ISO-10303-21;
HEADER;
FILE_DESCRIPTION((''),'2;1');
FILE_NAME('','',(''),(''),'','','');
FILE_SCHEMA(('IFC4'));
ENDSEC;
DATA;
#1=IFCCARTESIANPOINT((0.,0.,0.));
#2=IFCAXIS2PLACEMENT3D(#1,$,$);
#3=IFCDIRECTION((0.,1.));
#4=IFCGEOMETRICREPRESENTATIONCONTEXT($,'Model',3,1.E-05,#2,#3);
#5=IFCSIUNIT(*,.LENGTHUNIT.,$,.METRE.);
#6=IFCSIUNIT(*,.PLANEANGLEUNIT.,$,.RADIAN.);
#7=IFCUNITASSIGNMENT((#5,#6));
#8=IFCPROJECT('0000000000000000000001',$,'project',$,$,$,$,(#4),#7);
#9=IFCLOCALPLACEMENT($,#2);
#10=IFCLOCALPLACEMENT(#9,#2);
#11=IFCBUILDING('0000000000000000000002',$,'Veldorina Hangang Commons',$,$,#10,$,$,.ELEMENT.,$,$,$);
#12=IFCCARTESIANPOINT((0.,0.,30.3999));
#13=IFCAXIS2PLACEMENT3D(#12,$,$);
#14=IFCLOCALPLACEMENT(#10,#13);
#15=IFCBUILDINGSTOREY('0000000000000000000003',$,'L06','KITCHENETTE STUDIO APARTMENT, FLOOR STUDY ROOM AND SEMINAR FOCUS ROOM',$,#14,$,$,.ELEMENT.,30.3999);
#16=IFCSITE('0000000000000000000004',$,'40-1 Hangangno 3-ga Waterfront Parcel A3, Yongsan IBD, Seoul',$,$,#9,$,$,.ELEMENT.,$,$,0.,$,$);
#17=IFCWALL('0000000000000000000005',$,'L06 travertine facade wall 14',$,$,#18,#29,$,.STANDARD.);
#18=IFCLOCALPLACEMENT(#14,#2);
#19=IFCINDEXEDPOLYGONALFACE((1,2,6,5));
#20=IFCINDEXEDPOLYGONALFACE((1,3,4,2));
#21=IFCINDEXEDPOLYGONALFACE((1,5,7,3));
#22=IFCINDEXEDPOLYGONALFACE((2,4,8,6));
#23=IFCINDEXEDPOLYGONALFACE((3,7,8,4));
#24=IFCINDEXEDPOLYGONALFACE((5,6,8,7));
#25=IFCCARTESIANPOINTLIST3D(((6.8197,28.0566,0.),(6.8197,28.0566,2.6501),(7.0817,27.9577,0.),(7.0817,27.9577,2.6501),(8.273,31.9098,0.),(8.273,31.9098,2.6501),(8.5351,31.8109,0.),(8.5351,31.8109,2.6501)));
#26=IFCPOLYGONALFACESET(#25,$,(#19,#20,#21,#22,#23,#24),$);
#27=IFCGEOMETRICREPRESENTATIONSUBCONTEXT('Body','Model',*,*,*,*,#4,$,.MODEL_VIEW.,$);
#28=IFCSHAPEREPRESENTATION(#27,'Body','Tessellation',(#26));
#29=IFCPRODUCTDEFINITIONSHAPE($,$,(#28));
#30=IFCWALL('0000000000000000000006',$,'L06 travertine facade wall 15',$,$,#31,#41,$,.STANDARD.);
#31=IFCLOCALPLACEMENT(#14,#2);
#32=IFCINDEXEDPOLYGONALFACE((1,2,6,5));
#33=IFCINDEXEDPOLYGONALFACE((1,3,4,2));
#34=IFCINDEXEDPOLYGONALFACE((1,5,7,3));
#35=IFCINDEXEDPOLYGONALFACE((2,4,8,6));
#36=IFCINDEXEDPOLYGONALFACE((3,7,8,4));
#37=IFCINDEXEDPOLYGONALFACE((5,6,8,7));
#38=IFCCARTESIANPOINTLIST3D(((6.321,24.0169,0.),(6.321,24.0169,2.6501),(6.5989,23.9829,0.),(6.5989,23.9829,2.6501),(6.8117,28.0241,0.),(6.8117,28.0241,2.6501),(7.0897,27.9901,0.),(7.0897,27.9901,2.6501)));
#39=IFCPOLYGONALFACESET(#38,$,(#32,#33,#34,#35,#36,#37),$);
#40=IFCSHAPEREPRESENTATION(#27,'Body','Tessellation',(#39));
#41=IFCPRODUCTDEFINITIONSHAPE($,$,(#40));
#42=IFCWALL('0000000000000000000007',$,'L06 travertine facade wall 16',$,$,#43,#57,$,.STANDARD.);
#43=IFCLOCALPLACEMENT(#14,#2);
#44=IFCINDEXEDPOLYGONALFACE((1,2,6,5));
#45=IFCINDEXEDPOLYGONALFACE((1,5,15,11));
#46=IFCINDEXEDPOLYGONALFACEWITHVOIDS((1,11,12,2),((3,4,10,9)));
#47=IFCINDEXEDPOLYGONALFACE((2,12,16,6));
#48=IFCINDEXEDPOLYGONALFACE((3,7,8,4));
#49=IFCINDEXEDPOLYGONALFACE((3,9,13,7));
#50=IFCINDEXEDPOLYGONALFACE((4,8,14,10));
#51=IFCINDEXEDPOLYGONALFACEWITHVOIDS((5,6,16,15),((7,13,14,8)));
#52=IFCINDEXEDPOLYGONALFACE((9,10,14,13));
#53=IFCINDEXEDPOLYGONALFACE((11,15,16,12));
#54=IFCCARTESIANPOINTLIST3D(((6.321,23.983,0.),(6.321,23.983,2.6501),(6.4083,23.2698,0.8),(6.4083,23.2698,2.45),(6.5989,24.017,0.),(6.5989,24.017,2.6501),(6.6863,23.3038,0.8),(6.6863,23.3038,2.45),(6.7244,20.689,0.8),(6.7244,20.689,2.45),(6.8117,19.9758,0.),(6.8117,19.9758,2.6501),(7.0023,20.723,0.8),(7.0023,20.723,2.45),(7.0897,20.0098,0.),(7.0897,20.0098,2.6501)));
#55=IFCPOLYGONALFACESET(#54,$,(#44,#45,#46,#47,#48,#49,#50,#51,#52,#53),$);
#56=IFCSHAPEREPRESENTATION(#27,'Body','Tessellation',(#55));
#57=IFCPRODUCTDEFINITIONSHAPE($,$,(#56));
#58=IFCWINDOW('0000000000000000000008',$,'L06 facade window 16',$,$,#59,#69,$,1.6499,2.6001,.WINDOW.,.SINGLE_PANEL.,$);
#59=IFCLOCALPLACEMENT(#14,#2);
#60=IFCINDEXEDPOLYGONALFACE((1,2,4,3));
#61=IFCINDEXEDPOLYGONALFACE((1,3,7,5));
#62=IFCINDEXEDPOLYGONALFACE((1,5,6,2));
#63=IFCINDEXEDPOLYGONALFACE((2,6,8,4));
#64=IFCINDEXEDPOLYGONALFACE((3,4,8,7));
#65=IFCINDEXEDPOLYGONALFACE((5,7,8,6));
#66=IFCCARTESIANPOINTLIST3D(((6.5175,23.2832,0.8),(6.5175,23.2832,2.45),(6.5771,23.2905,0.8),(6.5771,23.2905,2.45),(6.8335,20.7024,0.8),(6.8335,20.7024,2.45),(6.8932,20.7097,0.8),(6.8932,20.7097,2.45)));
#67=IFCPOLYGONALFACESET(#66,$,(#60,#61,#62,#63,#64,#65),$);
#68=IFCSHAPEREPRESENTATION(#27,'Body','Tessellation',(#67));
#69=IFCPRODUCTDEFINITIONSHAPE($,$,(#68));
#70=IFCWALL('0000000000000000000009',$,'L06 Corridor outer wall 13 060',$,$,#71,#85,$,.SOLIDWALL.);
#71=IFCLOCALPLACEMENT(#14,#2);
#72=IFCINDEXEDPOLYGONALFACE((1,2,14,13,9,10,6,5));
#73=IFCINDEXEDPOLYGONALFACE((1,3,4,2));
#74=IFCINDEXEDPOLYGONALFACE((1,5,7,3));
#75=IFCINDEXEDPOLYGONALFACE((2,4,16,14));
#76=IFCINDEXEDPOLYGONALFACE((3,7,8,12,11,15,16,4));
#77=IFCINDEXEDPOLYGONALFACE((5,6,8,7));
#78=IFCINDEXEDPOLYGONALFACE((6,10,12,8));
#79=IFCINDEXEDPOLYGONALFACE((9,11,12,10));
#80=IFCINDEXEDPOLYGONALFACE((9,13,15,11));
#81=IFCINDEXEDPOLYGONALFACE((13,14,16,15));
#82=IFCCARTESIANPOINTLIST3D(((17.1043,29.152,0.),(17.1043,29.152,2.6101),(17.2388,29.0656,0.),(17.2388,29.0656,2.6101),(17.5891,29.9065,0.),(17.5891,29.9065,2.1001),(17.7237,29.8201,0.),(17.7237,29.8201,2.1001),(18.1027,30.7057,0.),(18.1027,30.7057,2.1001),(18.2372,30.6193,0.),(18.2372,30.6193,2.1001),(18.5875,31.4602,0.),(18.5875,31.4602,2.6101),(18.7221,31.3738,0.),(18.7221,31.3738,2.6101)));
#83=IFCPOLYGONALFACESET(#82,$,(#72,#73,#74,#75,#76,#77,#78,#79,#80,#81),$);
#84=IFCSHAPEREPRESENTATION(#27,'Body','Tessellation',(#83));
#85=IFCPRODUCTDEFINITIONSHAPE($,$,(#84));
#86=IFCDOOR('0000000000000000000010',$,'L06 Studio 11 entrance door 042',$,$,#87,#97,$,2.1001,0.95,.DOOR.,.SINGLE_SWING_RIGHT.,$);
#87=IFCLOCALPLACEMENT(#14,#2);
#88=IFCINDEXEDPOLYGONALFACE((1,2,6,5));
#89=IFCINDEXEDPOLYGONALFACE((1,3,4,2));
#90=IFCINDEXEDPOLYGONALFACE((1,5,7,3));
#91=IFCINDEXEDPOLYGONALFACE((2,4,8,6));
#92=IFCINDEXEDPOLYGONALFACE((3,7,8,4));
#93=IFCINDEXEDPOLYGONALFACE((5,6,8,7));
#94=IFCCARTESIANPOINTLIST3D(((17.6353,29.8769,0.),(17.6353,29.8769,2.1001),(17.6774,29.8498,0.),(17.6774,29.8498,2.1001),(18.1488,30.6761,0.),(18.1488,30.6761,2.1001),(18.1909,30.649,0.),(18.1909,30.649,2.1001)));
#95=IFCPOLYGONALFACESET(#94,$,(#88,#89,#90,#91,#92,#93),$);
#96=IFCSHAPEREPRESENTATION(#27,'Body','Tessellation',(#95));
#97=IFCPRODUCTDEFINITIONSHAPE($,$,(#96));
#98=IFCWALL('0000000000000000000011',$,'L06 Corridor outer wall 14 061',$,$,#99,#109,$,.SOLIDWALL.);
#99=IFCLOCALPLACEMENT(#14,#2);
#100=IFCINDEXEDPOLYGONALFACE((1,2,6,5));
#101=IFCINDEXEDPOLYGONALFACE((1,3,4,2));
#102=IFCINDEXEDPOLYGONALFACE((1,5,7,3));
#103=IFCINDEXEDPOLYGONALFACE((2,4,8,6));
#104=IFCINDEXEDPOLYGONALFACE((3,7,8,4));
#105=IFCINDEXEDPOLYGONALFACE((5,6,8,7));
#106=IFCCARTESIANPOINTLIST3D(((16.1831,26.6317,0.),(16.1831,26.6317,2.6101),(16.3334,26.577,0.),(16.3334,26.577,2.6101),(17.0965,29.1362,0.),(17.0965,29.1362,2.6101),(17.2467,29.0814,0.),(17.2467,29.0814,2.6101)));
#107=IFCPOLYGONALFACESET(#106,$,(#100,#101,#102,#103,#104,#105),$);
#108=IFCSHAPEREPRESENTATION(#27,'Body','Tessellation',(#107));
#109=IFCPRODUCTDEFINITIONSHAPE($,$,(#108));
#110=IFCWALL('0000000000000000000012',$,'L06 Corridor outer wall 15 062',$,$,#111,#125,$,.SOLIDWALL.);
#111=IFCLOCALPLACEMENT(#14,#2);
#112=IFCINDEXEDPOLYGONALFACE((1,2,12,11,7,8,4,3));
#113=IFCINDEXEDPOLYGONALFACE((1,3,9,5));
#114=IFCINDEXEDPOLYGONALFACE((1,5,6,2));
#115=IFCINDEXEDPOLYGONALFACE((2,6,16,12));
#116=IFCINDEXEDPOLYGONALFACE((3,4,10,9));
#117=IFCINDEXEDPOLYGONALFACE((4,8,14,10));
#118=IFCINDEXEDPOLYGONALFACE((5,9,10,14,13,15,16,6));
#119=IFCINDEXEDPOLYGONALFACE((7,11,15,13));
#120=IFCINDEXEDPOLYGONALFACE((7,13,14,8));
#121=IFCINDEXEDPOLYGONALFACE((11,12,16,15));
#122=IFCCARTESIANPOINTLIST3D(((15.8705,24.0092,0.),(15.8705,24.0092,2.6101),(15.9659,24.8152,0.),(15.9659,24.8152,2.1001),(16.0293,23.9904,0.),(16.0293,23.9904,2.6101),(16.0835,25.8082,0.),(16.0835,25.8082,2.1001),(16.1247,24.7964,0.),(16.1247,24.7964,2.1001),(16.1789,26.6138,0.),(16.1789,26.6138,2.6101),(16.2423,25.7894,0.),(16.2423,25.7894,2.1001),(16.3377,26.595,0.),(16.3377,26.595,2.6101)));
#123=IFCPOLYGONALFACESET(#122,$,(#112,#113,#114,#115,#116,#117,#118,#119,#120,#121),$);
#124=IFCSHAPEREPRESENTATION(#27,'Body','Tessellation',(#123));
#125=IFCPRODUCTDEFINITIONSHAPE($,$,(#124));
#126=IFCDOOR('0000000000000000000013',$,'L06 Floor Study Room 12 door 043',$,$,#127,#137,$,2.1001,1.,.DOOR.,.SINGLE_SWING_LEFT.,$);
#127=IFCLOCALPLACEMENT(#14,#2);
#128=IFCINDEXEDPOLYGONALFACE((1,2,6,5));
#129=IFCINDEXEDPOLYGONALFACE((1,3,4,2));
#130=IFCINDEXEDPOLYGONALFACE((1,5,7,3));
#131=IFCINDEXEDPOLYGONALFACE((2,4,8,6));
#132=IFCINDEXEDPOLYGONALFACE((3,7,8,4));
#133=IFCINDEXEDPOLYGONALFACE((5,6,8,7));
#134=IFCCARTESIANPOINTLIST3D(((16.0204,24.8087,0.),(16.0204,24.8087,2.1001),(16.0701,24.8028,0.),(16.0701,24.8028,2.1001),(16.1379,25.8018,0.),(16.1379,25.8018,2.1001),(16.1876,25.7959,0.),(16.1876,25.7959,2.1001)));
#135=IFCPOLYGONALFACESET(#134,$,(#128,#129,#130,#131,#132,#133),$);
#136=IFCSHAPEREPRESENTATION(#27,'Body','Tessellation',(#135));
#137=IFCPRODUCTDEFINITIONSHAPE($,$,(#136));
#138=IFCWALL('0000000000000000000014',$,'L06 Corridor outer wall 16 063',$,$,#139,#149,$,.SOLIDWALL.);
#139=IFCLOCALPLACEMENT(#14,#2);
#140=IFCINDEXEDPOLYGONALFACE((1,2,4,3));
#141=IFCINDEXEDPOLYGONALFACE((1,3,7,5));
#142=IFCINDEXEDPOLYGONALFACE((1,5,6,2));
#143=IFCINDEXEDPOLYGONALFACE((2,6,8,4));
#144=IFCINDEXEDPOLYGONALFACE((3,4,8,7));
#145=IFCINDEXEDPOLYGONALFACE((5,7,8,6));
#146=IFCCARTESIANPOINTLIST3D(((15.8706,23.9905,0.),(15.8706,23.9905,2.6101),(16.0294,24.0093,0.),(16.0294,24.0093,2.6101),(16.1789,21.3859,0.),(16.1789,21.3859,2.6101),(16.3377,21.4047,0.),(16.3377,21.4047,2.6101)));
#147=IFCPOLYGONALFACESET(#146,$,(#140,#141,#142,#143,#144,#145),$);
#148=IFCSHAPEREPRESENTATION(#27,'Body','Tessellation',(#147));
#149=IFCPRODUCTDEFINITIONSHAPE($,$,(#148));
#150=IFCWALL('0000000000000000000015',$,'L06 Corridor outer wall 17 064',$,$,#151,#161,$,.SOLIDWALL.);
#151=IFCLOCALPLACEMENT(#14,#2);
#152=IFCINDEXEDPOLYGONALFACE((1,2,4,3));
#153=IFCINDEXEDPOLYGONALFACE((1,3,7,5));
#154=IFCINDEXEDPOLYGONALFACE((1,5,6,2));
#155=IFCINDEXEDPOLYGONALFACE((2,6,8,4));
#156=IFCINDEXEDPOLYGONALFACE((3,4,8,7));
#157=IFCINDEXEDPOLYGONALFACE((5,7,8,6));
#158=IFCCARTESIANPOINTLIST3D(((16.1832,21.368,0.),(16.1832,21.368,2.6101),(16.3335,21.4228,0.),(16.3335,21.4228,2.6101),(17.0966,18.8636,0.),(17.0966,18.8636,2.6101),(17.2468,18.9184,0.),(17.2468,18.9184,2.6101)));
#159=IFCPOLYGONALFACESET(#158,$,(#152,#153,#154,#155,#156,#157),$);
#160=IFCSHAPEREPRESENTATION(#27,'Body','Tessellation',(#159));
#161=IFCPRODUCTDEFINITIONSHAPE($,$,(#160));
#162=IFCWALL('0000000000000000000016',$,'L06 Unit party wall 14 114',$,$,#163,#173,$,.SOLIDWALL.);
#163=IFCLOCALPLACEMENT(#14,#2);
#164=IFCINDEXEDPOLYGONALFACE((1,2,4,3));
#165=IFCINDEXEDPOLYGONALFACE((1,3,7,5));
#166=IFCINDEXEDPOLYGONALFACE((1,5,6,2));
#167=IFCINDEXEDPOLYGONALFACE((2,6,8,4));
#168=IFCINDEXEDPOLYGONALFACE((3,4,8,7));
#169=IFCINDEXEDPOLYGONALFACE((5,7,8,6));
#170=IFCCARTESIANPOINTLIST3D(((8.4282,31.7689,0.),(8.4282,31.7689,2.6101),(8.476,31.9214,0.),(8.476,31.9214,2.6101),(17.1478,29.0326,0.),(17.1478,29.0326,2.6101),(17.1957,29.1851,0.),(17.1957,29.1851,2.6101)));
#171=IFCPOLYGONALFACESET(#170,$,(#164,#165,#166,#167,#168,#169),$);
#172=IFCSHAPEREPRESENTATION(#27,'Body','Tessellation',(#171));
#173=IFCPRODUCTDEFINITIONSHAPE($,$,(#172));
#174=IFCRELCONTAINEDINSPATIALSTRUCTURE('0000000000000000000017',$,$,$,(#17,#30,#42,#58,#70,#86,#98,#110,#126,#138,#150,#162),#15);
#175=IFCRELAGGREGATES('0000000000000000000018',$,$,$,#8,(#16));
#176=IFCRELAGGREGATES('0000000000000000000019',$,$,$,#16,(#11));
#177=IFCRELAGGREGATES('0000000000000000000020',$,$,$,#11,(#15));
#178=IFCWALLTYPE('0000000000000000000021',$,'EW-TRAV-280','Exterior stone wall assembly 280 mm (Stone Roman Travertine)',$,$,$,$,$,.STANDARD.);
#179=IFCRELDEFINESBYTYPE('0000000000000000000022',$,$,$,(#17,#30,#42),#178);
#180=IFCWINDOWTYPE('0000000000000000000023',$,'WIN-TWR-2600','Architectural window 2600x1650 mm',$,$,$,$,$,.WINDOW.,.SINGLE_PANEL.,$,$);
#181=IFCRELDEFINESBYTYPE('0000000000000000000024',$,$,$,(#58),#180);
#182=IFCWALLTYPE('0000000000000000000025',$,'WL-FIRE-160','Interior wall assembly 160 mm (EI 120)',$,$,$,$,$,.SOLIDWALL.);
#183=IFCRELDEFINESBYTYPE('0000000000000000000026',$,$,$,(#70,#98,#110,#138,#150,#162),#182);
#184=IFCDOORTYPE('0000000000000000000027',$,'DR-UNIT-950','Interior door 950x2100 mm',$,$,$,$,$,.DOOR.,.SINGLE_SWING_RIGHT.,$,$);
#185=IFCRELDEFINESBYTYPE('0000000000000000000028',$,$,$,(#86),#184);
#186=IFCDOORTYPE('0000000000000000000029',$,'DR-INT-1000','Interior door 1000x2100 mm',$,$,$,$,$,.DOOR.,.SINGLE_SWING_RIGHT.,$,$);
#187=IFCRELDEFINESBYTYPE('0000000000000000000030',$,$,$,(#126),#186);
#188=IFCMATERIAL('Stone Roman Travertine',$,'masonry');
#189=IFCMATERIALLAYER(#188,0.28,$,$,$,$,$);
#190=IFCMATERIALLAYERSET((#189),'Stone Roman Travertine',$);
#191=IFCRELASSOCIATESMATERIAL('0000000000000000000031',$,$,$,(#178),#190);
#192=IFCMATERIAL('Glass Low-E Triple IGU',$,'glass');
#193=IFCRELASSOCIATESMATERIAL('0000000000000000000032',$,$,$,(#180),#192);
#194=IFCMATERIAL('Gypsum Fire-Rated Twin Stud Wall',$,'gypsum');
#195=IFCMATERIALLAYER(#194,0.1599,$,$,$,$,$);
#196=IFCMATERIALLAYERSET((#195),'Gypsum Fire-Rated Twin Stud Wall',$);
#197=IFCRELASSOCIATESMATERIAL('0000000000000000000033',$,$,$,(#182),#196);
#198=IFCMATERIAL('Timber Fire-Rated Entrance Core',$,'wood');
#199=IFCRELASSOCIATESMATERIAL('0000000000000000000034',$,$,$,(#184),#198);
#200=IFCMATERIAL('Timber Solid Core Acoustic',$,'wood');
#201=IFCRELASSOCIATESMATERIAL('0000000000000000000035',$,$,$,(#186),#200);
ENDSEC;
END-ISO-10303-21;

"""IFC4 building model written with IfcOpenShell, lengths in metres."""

from ifc_helpers import new_model, si_unit, direction, frame, frame_2d, origin, place, context, subcontext, project, spatial, rectangle, extrude, material, layer, layer_set, type_object, element, fill, save


model = new_model("IFC4")

# Units and contexts
model_context = context("Model", 3, precision=1e-05, world=origin(), true_north=direction((0.0, 1.0)))
body_context = subcontext(model_context, "Body", "Model", "MODEL_VIEW")
ifc_project = project(units=[si_unit("LENGTHUNIT", "METRE"), si_unit("PLANEANGLEUNIT", "RADIAN")], contexts=[model_context])

# Site, building, storey
site_placement = place(None, origin())
site = spatial("IfcSite", under=ifc_project, at=site_placement, Name="40-1 Hangangno 3-ga Waterfront Parcel A3, Yongsan IBD, Seoul", CompositionType="ELEMENT", RefElevation=0.0)
building_placement = place(site_placement, origin())
building = spatial("IfcBuilding", under=site, at=building_placement, Name="Veldorina Hangang Commons", CompositionType="ELEMENT")
storey_placement = place(building_placement, frame((0.0, 0.0, 30.3999)))
storey = spatial("IfcBuildingStorey", under=building, at=storey_placement, Name="L06", Description="KITCHENETTE STUDIO APARTMENT, FLOOR STUDY ROOM AND SEMINAR FOCUS ROOM", CompositionType="ELEMENT", Elevation=30.3999)

# Walls
ifc_material_1 = material(Name="Stone Roman Travertine", Category="masonry")
ifc_layer_1 = layer(ifc_material_1, 0.28)
ifc_layer_set_1 = layer_set([ifc_layer_1], Name="Stone Roman Travertine")
wall_type_1 = type_object("IfcWallType", Name="EW-TRAV-280", Description="Exterior stone wall assembly 280 mm (Stone Roman Travertine)", PredefinedType="STANDARD", material=ifc_layer_set_1)
wall_1_placement = place(storey_placement, frame((8.4041, 31.8604, 0.0), z_axis=(0.0, 0.0, 1.0), x_axis=(-0.352909, -0.935657, 0.0)))
element("IfcWall", 1, at=wall_1_placement, inside=storey, type_object=wall_type_1, Name="L06 travertine facade wall 14", PredefinedType="STANDARD", context=body_context, shape_type="SweptSolid", body=[
    extrude(rectangle(XDim=4.1182, YDim=0.28, at=frame_2d((2.0591, 0.0))), origin(), (0.0, 0.0, 1.0), 2.6501),
])
wall_2_placement = place(storey_placement, frame((6.9507, 28.0071, 0.0), z_axis=(0.0, 0.0, 1.0), x_axis=(-0.121556, -0.992585, 0.0)))
element("IfcWall", 2, at=wall_2_placement, inside=storey, type_object=wall_type_1, Name="L06 travertine facade wall 15", PredefinedType="STANDARD", context=body_context, shape_type="SweptSolid", body=[
    extrude(rectangle(XDim=4.0371, YDim=0.28, at=frame_2d((2.0186, 0.0))), origin(), (0.0, 0.0, 1.0), 2.6501),
])

# Wall, opening, window
wall_3_placement = place(storey_placement, frame((6.46, 24.0, 0.0), z_axis=(0.0, 0.0, 1.0), x_axis=(0.121556, -0.992585, 0.0)))
wall_3 = element("IfcWall", 3, at=wall_3_placement, inside=storey, type_object=wall_type_1, Name="L06 travertine facade wall 16", PredefinedType="STANDARD", context=body_context, shape_type="SweptSolid", body=[
    extrude(rectangle(XDim=4.0371, YDim=0.28, at=frame_2d((2.0186, 0.0))), origin(), (0.0, 0.0, 1.0), 2.6501),
])
opening_1_placement = place(wall_3_placement, frame((0.7185, 0.0, 0.8)))
opening_1 = element("IfcOpeningElement", 4, at=opening_1_placement, cuts=wall_3, PredefinedType="OPENING", context=body_context, shape_type="SweptSolid", body=[
    extrude(rectangle(XDim=2.6001, YDim=1.6499, at=frame_2d((1.3, 0.825))), frame((0.0, 0.1499, 0.0), z_axis=(0.0, -1.0, 0.0), x_axis=(1.0, 0.0, 0.0)), (0.0, 0.0, 1.0), 0.3),
])
ifc_material_2 = material(Name="Glass Low-E Triple IGU", Category="glass")
window_type = type_object("IfcWindowType", Name="WIN-TWR-2600", Description="Architectural window 2600x1650 mm", PartitioningType="SINGLE_PANEL", PredefinedType="WINDOW", material=ifc_material_2)
window_placement = place(opening_1_placement, origin())
window = element("IfcWindow", 5, at=window_placement, inside=storey, type_object=window_type, Name="L06 facade window 16", OverallHeight=1.6499, OverallWidth=2.6001, PartitioningType="SINGLE_PANEL", PredefinedType="WINDOW", context=body_context, shape_type="SweptSolid", body=[
    extrude(rectangle(XDim=2.6001, YDim=1.6499, at=frame_2d((1.3, 0.825))), frame((0.0, 0.03, 0.0), z_axis=(0.0, -1.0, 0.0), x_axis=(1.0, 0.0, 0.0)), (0.0, 0.0, 1.0), 0.0601),
])
fill(opening_1, window)

# Wall, opening, door
ifc_material_3 = material(Name="Gypsum Fire-Rated Twin Stud Wall", Category="gypsum")
ifc_layer_2 = layer(ifc_material_3, 0.1599)
ifc_layer_set_2 = layer_set([ifc_layer_2], Name="Gypsum Fire-Rated Twin Stud Wall")
wall_type_2 = type_object("IfcWallType", Name="WL-FIRE-160", Description="Interior wall assembly 160 mm (EI 120)", PredefinedType="SOLIDWALL", material=ifc_layer_set_2)
wall_4_placement = place(storey_placement, frame((18.6548, 31.417, 0.0), z_axis=(0.0, 0.0, 1.0), x_axis=(-0.540596, -0.841283, 0.0)))
wall_4 = element("IfcWall", 6, at=wall_4_placement, inside=storey, type_object=wall_type_2, Name="L06 Corridor outer wall 13 060", PredefinedType="SOLIDWALL", context=body_context, shape_type="SweptSolid", body=[
    extrude(rectangle(XDim=2.7437, YDim=0.1599, at=frame_2d((1.3718, 0.0))), origin(), (0.0, 0.0, 1.0), 2.6101),
])
opening_2_placement = place(wall_4_placement, frame((0.8967, 0.0, 0.0)))
opening_2 = element("IfcOpeningElement", 7, at=opening_2_placement, cuts=wall_4, PredefinedType="OPENING", context=body_context, shape_type="SweptSolid", body=[
    extrude(rectangle(XDim=0.95, YDim=2.1001, at=frame_2d((0.4751, 1.05))), frame((0.0, 0.0898, 0.0), z_axis=(0.0, -1.0, 0.0), x_axis=(1.0, 0.0, 0.0)), (0.0, 0.0, 1.0), 0.1799),
])
ifc_material_4 = material(Name="Timber Fire-Rated Entrance Core", Category="wood")
door_type_1 = type_object("IfcDoorType", Name="DR-UNIT-950", Description="Interior door 950x2100 mm", OperationType="SINGLE_SWING_RIGHT", PredefinedType="DOOR", material=ifc_material_4)
door_1_placement = place(opening_2_placement, origin())
door_1 = element("IfcDoor", 8, at=door_1_placement, inside=storey, type_object=door_type_1, Name="L06 Studio 11 entrance door 042", OperationType="SINGLE_SWING_RIGHT", OverallHeight=2.1001, OverallWidth=0.95, PredefinedType="DOOR", context=body_context, shape_type="SweptSolid", body=[
    extrude(rectangle(XDim=0.95, YDim=2.1001, at=frame_2d((0.4751, 1.05))), frame((0.0, 0.0249, 0.0), z_axis=(0.0, -1.0, 0.0), x_axis=(1.0, 0.0, 0.0)), (0.0, 0.0, 1.0), 0.05),
])
fill(opening_2, door_1)

# Wall
wall_5_placement = place(storey_placement, frame((17.1716, 29.1089, 0.0), z_axis=(0.0, 0.0, 1.0), x_axis=(-0.342618, -0.939475, 0.0)))
element("IfcWall", 9, at=wall_5_placement, inside=storey, type_object=wall_type_2, Name="L06 Corridor outer wall 14 061", PredefinedType="SOLIDWALL", context=body_context, shape_type="SweptSolid", body=[
    extrude(rectangle(XDim=2.6658, YDim=0.1599, at=frame_2d((1.333, 0.0))), origin(), (0.0, 0.0, 1.0), 2.6101),
])

# Wall, opening, door
wall_6_placement = place(storey_placement, frame((16.2583, 26.6045, 0.0), z_axis=(0.0, 0.0, 1.0), x_axis=(-0.11757, -0.993065, 0.0)))
wall_6 = element("IfcWall", 10, at=wall_6_placement, inside=storey, type_object=wall_type_2, Name="L06 Corridor outer wall 15 062", PredefinedType="SOLIDWALL", context=body_context, shape_type="SweptSolid", body=[
    extrude(rectangle(XDim=2.6228, YDim=0.1599, at=frame_2d((1.3115, 0.0))), origin(), (0.0, 0.0, 1.0), 2.6101),
])
opening_3_placement = place(wall_6_placement, frame((0.8113, 0.0, 0.0)))
opening_3 = element("IfcOpeningElement", 11, at=opening_3_placement, cuts=wall_6, PredefinedType="OPENING", context=body_context, shape_type="SweptSolid", body=[
    extrude(rectangle(XDim=1.0, YDim=2.1001, at=frame_2d((0.5, 1.05))), frame((0.0, 0.0898, 0.0), z_axis=(0.0, -1.0, 0.0), x_axis=(1.0, 0.0, 0.0)), (0.0, 0.0, 1.0), 0.1799),
])
ifc_material_5 = material(Name="Timber Solid Core Acoustic", Category="wood")
door_type_2 = type_object("IfcDoorType", Name="DR-INT-1000", Description="Interior door 1000x2100 mm", OperationType="SINGLE_SWING_RIGHT", PredefinedType="DOOR", material=ifc_material_5)
door_2_placement = place(opening_3_placement, origin())
door_2 = element("IfcDoor", 12, at=door_2_placement, inside=storey, type_object=door_type_2, Name="L06 Floor Study Room 12 door 043", OperationType="SINGLE_SWING_LEFT", OverallHeight=2.1001, OverallWidth=1.0, PredefinedType="DOOR", context=body_context, shape_type="SweptSolid", body=[
    extrude(rectangle(XDim=1.0, YDim=2.1001, at=frame_2d((0.5, 1.05))), frame((0.0, 0.0249, 0.0), z_axis=(0.0, -1.0, 0.0), x_axis=(1.0, 0.0, 0.0)), (0.0, 0.0, 1.0), 0.05),
])
fill(opening_3, door_2)

# Walls
wall_7_placement = place(storey_placement, frame((15.95, 24.0, 0.0), z_axis=(0.0, 0.0, 1.0), x_axis=(0.11757, -0.993065, 0.0)))
element("IfcWall", 13, at=wall_7_placement, inside=storey, type_object=wall_type_2, Name="L06 Corridor outer wall 16 063", PredefinedType="SOLIDWALL", context=body_context, shape_type="SweptSolid", body=[
    extrude(rectangle(XDim=2.6228, YDim=0.1599, at=frame_2d((1.3115, 0.0))), origin(), (0.0, 0.0, 1.0), 2.6101),
])
wall_8_placement = place(storey_placement, frame((16.2583, 21.3955, 0.0), z_axis=(0.0, 0.0, 1.0), x_axis=(0.342618, -0.939475, 0.0)))
element("IfcWall", 14, at=wall_8_placement, inside=storey, type_object=wall_type_2, Name="L06 Corridor outer wall 17 064", PredefinedType="SOLIDWALL", context=body_context, shape_type="SweptSolid", body=[
    extrude(rectangle(XDim=2.6658, YDim=0.1599, at=frame_2d((1.333, 0.0))), origin(), (0.0, 0.0, 1.0), 2.6101),
])
wall_9_placement = place(storey_placement, frame((17.1716, 29.1089, 0.0), z_axis=(0.0, 0.0, 1.0), x_axis=(-0.954124, 0.299413, 0.0)))
element("IfcWall", 15, at=wall_9_placement, inside=storey, type_object=wall_type_2, Name="L06 Unit party wall 14 114", PredefinedType="SOLIDWALL", context=body_context, shape_type="SweptSolid", body=[
    extrude(rectangle(XDim=9.1389, YDim=0.1599, at=frame_2d((4.5693, 0.0))), origin(), (0.0, 0.0, 1.0), 2.6101),
])

save(model, "model.ifc")
